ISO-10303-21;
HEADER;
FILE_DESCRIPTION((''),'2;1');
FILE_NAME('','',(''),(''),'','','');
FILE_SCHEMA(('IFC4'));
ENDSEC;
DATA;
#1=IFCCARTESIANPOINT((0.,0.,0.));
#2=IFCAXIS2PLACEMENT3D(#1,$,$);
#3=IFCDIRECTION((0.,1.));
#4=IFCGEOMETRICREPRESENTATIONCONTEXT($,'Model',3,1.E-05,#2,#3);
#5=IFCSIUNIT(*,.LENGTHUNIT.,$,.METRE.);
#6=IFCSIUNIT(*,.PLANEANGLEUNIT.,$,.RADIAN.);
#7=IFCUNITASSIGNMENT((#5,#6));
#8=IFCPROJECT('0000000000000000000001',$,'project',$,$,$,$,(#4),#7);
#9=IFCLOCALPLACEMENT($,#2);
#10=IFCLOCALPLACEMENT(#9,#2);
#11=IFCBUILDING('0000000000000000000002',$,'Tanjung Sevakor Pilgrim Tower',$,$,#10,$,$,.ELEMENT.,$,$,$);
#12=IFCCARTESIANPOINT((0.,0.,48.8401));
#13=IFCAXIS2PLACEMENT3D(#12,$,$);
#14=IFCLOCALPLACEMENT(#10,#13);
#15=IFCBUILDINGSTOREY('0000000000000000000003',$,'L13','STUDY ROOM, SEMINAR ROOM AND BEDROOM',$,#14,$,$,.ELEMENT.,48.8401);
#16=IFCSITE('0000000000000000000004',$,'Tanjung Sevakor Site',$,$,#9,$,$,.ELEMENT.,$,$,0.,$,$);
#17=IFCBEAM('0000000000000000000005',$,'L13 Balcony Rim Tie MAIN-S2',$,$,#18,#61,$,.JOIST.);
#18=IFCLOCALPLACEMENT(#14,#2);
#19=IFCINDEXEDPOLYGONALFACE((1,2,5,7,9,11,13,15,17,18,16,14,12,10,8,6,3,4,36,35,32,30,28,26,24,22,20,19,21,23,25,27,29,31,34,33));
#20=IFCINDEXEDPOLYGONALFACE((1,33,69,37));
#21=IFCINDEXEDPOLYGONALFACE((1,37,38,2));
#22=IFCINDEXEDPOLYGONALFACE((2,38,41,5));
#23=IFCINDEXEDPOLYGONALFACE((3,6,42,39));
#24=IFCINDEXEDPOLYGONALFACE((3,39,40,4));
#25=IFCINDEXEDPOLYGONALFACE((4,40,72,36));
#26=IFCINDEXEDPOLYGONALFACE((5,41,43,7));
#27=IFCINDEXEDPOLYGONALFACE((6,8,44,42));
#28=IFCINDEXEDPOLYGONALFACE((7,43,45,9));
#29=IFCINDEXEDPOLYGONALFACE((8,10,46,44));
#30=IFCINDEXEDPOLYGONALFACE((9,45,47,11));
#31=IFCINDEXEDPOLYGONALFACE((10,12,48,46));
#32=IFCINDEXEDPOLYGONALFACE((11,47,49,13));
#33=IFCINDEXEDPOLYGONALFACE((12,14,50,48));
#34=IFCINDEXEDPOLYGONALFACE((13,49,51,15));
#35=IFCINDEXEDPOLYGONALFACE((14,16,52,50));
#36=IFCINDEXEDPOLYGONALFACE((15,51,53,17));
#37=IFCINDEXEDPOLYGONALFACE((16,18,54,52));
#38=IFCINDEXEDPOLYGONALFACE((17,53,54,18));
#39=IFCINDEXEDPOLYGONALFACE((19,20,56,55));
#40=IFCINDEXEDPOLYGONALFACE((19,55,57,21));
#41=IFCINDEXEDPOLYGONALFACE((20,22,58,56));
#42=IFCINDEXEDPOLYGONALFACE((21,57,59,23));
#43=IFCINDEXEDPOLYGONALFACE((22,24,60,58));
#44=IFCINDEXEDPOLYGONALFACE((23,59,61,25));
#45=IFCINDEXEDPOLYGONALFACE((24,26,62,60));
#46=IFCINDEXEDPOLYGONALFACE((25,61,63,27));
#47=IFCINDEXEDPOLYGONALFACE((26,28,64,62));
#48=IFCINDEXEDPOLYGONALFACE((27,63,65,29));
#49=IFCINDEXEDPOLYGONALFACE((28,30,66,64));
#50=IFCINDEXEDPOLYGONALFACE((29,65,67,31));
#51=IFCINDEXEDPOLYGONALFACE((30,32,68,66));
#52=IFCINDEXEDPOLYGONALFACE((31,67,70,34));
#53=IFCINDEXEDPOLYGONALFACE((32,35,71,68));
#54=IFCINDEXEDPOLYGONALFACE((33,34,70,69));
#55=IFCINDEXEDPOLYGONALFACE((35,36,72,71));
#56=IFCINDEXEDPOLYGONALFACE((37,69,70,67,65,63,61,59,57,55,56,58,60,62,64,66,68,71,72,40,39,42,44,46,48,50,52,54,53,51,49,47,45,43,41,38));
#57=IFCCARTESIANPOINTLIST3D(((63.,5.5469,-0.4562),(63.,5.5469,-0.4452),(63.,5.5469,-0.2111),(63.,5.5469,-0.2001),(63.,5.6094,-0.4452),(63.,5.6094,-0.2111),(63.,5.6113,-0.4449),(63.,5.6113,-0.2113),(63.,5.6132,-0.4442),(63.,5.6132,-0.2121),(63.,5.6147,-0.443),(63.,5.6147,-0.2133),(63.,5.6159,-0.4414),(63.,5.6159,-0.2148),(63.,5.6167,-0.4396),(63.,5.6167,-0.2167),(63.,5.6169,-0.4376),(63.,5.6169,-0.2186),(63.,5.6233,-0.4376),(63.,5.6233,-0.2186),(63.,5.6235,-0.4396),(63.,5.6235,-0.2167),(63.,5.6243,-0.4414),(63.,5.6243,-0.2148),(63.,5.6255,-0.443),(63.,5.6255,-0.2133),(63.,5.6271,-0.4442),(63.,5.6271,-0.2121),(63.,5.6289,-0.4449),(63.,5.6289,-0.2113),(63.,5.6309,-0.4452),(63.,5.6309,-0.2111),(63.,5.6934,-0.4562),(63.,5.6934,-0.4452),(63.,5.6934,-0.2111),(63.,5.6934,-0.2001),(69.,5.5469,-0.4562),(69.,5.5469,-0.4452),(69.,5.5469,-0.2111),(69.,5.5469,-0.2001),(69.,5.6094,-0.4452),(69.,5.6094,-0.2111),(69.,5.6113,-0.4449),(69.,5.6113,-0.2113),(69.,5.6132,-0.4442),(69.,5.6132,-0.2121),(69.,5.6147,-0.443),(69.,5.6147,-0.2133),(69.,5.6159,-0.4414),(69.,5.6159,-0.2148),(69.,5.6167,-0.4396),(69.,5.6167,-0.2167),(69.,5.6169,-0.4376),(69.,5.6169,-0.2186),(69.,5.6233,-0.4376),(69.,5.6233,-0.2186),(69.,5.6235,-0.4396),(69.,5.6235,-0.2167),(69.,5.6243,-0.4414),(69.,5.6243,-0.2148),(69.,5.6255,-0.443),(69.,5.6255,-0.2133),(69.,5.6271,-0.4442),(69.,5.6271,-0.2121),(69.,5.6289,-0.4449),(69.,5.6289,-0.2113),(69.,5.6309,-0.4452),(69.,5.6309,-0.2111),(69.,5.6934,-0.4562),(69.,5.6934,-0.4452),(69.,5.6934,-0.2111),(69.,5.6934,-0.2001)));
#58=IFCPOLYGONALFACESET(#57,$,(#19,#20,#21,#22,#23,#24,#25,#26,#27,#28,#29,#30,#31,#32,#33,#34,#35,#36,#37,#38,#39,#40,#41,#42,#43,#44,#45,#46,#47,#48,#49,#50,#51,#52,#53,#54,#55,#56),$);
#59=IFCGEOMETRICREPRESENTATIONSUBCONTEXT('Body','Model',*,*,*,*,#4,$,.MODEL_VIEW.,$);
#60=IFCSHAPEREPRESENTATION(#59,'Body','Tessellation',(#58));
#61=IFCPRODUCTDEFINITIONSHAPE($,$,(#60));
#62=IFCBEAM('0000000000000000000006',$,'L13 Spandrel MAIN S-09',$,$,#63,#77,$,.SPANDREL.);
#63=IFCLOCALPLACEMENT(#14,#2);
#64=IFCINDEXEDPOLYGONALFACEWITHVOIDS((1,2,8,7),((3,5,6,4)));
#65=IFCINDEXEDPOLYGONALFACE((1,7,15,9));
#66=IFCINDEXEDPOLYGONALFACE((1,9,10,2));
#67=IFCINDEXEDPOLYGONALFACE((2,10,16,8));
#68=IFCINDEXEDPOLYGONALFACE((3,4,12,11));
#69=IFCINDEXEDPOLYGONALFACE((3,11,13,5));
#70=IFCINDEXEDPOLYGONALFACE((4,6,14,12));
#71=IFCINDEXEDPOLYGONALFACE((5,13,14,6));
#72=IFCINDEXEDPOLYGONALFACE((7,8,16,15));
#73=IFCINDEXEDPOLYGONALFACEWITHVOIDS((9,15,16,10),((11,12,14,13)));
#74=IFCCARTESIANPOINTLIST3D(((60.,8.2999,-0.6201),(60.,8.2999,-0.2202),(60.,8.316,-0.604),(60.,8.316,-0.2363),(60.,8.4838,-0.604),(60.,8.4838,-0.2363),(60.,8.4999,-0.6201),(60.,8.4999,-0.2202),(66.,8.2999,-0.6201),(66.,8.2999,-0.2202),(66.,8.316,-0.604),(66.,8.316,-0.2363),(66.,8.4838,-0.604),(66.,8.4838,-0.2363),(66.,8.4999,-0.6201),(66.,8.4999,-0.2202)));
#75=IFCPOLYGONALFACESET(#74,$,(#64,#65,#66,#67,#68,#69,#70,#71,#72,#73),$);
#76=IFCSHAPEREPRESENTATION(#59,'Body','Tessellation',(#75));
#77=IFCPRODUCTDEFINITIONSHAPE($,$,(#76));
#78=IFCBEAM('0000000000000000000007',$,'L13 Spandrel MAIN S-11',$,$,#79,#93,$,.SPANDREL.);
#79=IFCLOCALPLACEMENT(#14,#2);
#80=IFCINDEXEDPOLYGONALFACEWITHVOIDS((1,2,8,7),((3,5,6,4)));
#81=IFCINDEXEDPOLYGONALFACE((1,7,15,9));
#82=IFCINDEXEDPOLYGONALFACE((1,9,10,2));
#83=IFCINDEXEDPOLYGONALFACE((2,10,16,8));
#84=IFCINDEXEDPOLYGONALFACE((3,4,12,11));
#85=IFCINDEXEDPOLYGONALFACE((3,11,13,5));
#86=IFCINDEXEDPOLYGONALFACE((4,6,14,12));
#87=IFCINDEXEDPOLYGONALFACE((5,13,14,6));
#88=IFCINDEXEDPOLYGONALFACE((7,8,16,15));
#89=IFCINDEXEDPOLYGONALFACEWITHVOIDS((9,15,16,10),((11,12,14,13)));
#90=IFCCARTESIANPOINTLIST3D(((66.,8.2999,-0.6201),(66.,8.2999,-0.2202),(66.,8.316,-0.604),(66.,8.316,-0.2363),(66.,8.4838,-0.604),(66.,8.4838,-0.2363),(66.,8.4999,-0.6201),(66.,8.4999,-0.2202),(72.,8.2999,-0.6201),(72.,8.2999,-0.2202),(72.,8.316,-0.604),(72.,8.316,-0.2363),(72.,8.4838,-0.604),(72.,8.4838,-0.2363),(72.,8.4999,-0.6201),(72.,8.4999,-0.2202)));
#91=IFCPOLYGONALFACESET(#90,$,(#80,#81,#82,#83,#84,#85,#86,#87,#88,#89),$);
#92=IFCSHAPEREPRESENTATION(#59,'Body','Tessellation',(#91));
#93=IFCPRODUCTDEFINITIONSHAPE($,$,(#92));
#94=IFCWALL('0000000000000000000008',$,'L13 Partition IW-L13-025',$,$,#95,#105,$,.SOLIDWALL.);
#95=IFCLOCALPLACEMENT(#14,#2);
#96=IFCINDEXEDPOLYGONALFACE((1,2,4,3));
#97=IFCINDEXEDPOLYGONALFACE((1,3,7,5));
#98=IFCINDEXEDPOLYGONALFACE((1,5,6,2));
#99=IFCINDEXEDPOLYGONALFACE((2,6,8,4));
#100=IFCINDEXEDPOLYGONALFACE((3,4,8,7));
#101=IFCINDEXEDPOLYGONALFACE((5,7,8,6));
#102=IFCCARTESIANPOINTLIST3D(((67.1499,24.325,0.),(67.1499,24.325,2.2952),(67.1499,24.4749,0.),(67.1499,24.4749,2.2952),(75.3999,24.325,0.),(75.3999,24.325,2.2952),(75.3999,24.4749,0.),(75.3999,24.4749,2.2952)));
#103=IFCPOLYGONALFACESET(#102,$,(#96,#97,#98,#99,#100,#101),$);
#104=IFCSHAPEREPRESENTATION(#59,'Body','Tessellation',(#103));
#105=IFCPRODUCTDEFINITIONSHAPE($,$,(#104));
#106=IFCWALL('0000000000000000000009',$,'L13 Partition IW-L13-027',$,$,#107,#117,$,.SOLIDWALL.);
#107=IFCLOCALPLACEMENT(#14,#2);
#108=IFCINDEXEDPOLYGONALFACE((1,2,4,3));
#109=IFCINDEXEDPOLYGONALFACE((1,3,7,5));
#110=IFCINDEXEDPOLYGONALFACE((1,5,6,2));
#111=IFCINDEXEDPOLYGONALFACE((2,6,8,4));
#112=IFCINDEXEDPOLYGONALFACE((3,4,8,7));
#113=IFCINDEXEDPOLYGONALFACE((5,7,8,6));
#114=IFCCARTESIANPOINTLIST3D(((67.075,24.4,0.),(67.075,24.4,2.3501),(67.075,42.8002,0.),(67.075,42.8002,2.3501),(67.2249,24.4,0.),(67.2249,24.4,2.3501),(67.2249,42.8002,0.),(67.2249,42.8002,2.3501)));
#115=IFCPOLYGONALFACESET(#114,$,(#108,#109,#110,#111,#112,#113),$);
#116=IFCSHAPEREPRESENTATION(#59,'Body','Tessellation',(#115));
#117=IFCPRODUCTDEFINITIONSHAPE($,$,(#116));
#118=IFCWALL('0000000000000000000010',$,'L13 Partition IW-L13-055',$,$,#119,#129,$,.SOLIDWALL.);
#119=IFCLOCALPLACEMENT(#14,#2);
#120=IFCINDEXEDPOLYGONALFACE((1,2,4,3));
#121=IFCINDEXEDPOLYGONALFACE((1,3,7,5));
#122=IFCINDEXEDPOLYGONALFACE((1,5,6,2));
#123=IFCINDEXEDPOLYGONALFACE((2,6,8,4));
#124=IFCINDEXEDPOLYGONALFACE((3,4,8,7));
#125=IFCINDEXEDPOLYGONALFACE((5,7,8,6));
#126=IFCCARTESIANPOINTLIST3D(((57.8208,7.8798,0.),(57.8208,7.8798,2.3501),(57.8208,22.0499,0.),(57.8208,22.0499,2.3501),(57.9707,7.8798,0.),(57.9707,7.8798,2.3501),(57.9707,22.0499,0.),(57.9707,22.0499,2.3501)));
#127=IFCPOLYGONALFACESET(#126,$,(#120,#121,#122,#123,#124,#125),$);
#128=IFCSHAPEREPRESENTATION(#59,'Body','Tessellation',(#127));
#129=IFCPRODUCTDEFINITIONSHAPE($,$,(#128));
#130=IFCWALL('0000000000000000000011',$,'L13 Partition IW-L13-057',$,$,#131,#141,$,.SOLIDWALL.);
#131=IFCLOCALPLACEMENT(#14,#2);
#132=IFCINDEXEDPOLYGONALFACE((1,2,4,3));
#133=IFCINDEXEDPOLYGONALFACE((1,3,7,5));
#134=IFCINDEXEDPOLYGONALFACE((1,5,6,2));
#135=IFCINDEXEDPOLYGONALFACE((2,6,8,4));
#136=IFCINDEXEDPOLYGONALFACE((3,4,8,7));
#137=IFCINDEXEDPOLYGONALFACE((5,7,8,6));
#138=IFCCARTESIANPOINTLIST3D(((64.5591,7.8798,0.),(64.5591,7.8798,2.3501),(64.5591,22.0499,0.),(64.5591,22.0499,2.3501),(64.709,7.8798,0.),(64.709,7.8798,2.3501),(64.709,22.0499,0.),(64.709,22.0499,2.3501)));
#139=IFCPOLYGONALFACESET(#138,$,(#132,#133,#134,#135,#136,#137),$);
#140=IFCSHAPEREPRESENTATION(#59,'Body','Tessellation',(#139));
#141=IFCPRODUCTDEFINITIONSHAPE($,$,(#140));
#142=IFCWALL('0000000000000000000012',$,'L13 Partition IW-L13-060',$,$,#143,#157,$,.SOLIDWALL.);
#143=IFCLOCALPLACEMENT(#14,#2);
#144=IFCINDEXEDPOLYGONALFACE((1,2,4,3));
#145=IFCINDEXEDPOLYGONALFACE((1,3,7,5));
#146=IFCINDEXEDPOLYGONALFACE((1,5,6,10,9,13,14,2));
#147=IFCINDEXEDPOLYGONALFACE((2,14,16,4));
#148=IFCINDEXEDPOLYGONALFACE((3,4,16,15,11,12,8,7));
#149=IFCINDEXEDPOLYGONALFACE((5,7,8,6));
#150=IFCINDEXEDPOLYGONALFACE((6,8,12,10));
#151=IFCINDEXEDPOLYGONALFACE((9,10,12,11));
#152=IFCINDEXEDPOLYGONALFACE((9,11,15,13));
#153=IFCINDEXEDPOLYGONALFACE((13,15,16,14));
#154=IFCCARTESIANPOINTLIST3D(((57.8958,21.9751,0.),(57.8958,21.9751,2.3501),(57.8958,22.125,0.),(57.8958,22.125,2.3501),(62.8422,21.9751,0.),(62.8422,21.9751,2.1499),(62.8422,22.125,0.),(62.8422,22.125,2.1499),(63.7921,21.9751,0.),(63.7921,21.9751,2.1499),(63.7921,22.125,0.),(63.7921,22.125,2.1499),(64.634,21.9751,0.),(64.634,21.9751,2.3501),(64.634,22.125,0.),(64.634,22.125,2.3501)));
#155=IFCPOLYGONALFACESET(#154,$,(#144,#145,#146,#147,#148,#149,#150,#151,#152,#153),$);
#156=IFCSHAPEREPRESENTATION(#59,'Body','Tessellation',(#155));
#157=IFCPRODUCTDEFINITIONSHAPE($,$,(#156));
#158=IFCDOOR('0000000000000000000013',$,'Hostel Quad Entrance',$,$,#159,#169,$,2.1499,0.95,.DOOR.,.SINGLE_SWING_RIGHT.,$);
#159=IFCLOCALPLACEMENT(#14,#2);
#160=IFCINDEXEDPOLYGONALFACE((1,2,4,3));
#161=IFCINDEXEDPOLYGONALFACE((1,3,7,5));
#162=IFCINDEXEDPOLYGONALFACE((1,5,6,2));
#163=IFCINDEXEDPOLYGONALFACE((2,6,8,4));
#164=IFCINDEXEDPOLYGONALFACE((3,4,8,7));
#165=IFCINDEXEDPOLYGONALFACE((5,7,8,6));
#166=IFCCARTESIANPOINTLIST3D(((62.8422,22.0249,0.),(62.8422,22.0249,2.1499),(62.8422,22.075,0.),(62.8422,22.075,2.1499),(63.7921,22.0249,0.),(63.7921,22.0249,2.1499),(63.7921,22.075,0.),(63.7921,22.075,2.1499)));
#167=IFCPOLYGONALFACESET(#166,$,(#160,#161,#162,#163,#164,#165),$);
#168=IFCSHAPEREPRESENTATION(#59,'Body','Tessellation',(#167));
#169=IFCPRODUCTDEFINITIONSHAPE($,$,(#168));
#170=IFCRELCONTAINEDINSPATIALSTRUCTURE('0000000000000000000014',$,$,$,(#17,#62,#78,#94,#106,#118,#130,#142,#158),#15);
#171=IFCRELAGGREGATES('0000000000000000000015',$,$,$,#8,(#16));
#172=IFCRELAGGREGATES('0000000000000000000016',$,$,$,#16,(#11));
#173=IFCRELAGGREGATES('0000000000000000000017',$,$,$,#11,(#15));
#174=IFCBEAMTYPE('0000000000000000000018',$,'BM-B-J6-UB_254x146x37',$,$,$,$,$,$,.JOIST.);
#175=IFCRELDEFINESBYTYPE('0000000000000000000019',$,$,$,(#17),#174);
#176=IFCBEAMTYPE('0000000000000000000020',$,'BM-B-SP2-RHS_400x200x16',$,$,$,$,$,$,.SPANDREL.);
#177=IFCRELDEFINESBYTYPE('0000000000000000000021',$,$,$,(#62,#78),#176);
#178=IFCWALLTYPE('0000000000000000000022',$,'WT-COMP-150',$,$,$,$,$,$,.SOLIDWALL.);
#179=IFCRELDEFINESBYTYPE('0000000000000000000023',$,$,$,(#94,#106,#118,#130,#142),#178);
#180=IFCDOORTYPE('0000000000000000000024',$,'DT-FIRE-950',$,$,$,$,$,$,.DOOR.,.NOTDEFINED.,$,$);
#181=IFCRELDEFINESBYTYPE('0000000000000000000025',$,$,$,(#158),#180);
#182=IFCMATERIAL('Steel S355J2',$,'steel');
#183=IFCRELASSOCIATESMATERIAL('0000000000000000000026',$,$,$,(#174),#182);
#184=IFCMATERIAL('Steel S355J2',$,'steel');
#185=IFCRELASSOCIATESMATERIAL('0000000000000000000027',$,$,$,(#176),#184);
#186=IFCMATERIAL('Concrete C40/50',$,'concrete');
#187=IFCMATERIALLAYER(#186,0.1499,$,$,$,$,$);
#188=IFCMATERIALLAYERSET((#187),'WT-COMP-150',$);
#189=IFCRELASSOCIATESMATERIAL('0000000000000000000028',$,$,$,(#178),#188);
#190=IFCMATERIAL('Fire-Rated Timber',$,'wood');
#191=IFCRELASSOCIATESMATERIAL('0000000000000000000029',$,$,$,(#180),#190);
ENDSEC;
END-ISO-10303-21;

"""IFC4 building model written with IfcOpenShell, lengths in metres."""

from ifc_helpers import new_model, si_unit, direction, frame, frame_2d, origin, origin_2d, place, context, subcontext, project, spatial, rectangle, hollow_rectangle, i_section, extrude, material, layer, layer_set, material_profile, profile_set, type_object, element, fill, save


model = new_model("IFC4")

# Units and contexts
model_context = context("Model", 3, precision=1e-05, world=origin(), true_north=direction((0.0, 1.0)))
body_context = subcontext(model_context, "Body", "Model", "MODEL_VIEW")
ifc_project = project(units=[si_unit("LENGTHUNIT", "METRE"), si_unit("PLANEANGLEUNIT", "RADIAN")], contexts=[model_context])

# Site, building, storey
site_placement = place(None, origin())
site = spatial("IfcSite", under=ifc_project, at=site_placement, Name="Tanjung Sevakor Site", CompositionType="ELEMENT", RefElevation=0.0)
building_placement = place(site_placement, origin())
building = spatial("IfcBuilding", under=site, at=building_placement, Name="Tanjung Sevakor Pilgrim Tower", CompositionType="ELEMENT")
storey_placement = place(building_placement, frame((0.0, 0.0, 48.8401)))
storey = spatial("IfcBuildingStorey", under=building, at=storey_placement, Name="L13", Description="STUDY ROOM, SEMINAR ROOM AND BEDROOM", CompositionType="ELEMENT", Elevation=48.8401)

# Beams
ifc_material_1 = material(Name="Steel S355J2", Category="steel")
ifc_material_profile_1 = material_profile(ifc_material_1, i_section(OverallWidth=0.1465, OverallDepth=0.2561, WebThickness=0.0063, FlangeThickness=0.011, FilletRadius=0.0076, at=origin_2d()))
ifc_profile_set_1 = profile_set([ifc_material_profile_1], Name="Steel S355J2")
beam_type_1 = type_object("IfcBeamType", Name="BM-B-J6-UB_254x146x37", PredefinedType="JOIST", material=ifc_profile_set_1)
beam_1_placement = place(storey_placement, frame((63.0, 5.6201, -0.3281), z_axis=(1.0, 0.0, 0.0), x_axis=(0.0, 1.0, 0.0)))
element("IfcBeam", 1, at=beam_1_placement, inside=storey, type_object=beam_type_1, Name="L13 Balcony Rim Tie MAIN-S2", PredefinedType="JOIST", context=body_context, shape_type="SweptSolid", body=[
    extrude(i_section(OverallWidth=0.1465, OverallDepth=0.2561, WebThickness=0.0063, FlangeThickness=0.011, FilletRadius=0.0076, at=origin_2d()), origin(), (0.0, 0.0, 1.0), 6.0),
])
ifc_material_2 = material(Name="Steel S355J2", Category="steel")
ifc_material_profile_2 = material_profile(ifc_material_2, hollow_rectangle(XDim=0.2, YDim=0.3999, WallThickness=0.0161, at=origin_2d()))
ifc_profile_set_2 = profile_set([ifc_material_profile_2], Name="Steel S355J2")
beam_type_2 = type_object("IfcBeamType", Name="BM-B-SP2-RHS_400x200x16", PredefinedType="SPANDREL", material=ifc_profile_set_2)
for number, where, z_axis, x_axis, name in (
    (2, (60.0, 8.3999, -0.4202), (1.0, 0.0, 0.0), (0.0, 1.0, 0.0), "L13 Spandrel MAIN S-09"),
    (3, (66.0, 8.3999, -0.4202), (1.0, 0.0, 0.0), (0.0, 1.0, 0.0), "L13 Spandrel MAIN S-11"),
):
    element("IfcBeam", number, at=place(storey_placement, frame(where, z_axis=z_axis, x_axis=x_axis)), inside=storey, type_object=beam_type_2, Name=name, PredefinedType="SPANDREL", context=body_context, shape_type="SweptSolid", body=[
        extrude(hollow_rectangle(XDim=0.2, YDim=0.3999, WallThickness=0.0161, at=origin_2d()), origin(), (0.0, 0.0, 1.0), 6.0),
    ])

# Walls
ifc_material_3 = material(Name="Concrete C40/50", Category="concrete")
ifc_layer_1 = layer(ifc_material_3, 0.1499)
ifc_layer_set_1 = layer_set([ifc_layer_1], Name="WT-COMP-150")
wall_type_1 = type_object("IfcWallType", Name="WT-COMP-150", PredefinedType="SOLIDWALL", material=ifc_layer_set_1)
wall_1_placement = place(storey_placement, frame((67.1499, 24.3999, 0.0), z_axis=(0.0, 0.0, 1.0), x_axis=(1.0, 0.0, 0.0)))
element("IfcWall", 4, at=wall_1_placement, inside=storey, type_object=wall_type_1, Name="L13 Partition IW-L13-025", PredefinedType="SOLIDWALL", context=body_context, shape_type="SweptSolid", body=[
    extrude(rectangle(XDim=8.25, YDim=0.1499, at=frame_2d((4.125, 0.0))), origin(), (0.0, 0.0, 1.0), 2.2952),
])
wall_2_placement = place(storey_placement, frame((67.1499, 24.3999, 0.0), z_axis=(0.0, 0.0, 1.0), x_axis=(0.0, 1.0, 0.0)))
element("IfcWall", 5, at=wall_2_placement, inside=storey, type_object=wall_type_1, Name="L13 Partition IW-L13-027", PredefinedType="SOLIDWALL", context=body_context, shape_type="SweptSolid", body=[
    extrude(rectangle(XDim=18.4001, YDim=0.1499, at=frame_2d((9.2002, 0.0))), origin(), (0.0, 0.0, 1.0), 2.3501),
])
for number, where, z_axis, x_axis, name in (
    (6, (57.8958, 7.8799, 0.0), (0.0, 0.0, 1.0), (0.0, 1.0, 0.0), "L13 Partition IW-L13-055"),
    (7, (64.634, 7.8799, 0.0), (0.0, 0.0, 1.0), (0.0, 1.0, 0.0), "L13 Partition IW-L13-057"),
):
    element("IfcWall", number, at=place(storey_placement, frame(where, z_axis=z_axis, x_axis=x_axis)), inside=storey, type_object=wall_type_1, Name=name, PredefinedType="SOLIDWALL", context=body_context, shape_type="SweptSolid", body=[
        extrude(rectangle(XDim=14.1702, YDim=0.1499, at=frame_2d((7.085, 0.0))), origin(), (0.0, 0.0, 1.0), 2.3501),
    ])

# Wall, opening, door
wall_3_placement = place(storey_placement, frame((57.8958, 22.05, 0.0), z_axis=(0.0, 0.0, 1.0), x_axis=(1.0, 0.0, 0.0)))
wall_3 = element("IfcWall", 8, at=wall_3_placement, inside=storey, type_object=wall_type_1, Name="L13 Partition IW-L13-060", PredefinedType="SOLIDWALL", context=body_context, shape_type="SweptSolid", body=[
    extrude(rectangle(XDim=6.7383, YDim=0.1499, at=frame_2d((3.3691, 0.0))), origin(), (0.0, 0.0, 1.0), 2.3501),
])
opening_1_placement = place(wall_3_placement, frame((4.9463, 0.0, 0.0)))
opening_1 = element("IfcOpeningElement", 9, at=opening_1_placement, cuts=wall_3, PredefinedType="OPENING", context=body_context, shape_type="SweptSolid", body=[
    extrude(rectangle(XDim=0.95, YDim=2.1499, at=frame_2d((0.4751, 1.075))), frame((0.0, 0.085, 0.0), z_axis=(0.0, -1.0, 0.0), x_axis=(1.0, 0.0, 0.0)), (0.0, 0.0, 1.0), 0.1699),
])
ifc_material_4 = material(Name="Fire-Rated Timber", Category="wood")
door_type_1 = type_object("IfcDoorType", Name="DT-FIRE-950", OperationType="NOTDEFINED", PredefinedType="DOOR", material=ifc_material_4)
door_1_placement = place(opening_1_placement, origin())
door_1 = element("IfcDoor", 10, at=door_1_placement, inside=storey, type_object=door_type_1, Name="Hostel Quad Entrance", OperationType="SINGLE_SWING_RIGHT", OverallHeight=2.1499, OverallWidth=0.95, PredefinedType="DOOR", context=body_context, shape_type="SweptSolid", body=[
    extrude(rectangle(XDim=0.95, YDim=2.1499, at=frame_2d((0.4751, 1.075))), frame((0.0, 0.0249, 0.0), z_axis=(0.0, -1.0, 0.0), x_axis=(1.0, 0.0, 0.0)), (0.0, 0.0, 1.0), 0.05),
])
fill(opening_1, door_1)

save(model, "model.ifc")
